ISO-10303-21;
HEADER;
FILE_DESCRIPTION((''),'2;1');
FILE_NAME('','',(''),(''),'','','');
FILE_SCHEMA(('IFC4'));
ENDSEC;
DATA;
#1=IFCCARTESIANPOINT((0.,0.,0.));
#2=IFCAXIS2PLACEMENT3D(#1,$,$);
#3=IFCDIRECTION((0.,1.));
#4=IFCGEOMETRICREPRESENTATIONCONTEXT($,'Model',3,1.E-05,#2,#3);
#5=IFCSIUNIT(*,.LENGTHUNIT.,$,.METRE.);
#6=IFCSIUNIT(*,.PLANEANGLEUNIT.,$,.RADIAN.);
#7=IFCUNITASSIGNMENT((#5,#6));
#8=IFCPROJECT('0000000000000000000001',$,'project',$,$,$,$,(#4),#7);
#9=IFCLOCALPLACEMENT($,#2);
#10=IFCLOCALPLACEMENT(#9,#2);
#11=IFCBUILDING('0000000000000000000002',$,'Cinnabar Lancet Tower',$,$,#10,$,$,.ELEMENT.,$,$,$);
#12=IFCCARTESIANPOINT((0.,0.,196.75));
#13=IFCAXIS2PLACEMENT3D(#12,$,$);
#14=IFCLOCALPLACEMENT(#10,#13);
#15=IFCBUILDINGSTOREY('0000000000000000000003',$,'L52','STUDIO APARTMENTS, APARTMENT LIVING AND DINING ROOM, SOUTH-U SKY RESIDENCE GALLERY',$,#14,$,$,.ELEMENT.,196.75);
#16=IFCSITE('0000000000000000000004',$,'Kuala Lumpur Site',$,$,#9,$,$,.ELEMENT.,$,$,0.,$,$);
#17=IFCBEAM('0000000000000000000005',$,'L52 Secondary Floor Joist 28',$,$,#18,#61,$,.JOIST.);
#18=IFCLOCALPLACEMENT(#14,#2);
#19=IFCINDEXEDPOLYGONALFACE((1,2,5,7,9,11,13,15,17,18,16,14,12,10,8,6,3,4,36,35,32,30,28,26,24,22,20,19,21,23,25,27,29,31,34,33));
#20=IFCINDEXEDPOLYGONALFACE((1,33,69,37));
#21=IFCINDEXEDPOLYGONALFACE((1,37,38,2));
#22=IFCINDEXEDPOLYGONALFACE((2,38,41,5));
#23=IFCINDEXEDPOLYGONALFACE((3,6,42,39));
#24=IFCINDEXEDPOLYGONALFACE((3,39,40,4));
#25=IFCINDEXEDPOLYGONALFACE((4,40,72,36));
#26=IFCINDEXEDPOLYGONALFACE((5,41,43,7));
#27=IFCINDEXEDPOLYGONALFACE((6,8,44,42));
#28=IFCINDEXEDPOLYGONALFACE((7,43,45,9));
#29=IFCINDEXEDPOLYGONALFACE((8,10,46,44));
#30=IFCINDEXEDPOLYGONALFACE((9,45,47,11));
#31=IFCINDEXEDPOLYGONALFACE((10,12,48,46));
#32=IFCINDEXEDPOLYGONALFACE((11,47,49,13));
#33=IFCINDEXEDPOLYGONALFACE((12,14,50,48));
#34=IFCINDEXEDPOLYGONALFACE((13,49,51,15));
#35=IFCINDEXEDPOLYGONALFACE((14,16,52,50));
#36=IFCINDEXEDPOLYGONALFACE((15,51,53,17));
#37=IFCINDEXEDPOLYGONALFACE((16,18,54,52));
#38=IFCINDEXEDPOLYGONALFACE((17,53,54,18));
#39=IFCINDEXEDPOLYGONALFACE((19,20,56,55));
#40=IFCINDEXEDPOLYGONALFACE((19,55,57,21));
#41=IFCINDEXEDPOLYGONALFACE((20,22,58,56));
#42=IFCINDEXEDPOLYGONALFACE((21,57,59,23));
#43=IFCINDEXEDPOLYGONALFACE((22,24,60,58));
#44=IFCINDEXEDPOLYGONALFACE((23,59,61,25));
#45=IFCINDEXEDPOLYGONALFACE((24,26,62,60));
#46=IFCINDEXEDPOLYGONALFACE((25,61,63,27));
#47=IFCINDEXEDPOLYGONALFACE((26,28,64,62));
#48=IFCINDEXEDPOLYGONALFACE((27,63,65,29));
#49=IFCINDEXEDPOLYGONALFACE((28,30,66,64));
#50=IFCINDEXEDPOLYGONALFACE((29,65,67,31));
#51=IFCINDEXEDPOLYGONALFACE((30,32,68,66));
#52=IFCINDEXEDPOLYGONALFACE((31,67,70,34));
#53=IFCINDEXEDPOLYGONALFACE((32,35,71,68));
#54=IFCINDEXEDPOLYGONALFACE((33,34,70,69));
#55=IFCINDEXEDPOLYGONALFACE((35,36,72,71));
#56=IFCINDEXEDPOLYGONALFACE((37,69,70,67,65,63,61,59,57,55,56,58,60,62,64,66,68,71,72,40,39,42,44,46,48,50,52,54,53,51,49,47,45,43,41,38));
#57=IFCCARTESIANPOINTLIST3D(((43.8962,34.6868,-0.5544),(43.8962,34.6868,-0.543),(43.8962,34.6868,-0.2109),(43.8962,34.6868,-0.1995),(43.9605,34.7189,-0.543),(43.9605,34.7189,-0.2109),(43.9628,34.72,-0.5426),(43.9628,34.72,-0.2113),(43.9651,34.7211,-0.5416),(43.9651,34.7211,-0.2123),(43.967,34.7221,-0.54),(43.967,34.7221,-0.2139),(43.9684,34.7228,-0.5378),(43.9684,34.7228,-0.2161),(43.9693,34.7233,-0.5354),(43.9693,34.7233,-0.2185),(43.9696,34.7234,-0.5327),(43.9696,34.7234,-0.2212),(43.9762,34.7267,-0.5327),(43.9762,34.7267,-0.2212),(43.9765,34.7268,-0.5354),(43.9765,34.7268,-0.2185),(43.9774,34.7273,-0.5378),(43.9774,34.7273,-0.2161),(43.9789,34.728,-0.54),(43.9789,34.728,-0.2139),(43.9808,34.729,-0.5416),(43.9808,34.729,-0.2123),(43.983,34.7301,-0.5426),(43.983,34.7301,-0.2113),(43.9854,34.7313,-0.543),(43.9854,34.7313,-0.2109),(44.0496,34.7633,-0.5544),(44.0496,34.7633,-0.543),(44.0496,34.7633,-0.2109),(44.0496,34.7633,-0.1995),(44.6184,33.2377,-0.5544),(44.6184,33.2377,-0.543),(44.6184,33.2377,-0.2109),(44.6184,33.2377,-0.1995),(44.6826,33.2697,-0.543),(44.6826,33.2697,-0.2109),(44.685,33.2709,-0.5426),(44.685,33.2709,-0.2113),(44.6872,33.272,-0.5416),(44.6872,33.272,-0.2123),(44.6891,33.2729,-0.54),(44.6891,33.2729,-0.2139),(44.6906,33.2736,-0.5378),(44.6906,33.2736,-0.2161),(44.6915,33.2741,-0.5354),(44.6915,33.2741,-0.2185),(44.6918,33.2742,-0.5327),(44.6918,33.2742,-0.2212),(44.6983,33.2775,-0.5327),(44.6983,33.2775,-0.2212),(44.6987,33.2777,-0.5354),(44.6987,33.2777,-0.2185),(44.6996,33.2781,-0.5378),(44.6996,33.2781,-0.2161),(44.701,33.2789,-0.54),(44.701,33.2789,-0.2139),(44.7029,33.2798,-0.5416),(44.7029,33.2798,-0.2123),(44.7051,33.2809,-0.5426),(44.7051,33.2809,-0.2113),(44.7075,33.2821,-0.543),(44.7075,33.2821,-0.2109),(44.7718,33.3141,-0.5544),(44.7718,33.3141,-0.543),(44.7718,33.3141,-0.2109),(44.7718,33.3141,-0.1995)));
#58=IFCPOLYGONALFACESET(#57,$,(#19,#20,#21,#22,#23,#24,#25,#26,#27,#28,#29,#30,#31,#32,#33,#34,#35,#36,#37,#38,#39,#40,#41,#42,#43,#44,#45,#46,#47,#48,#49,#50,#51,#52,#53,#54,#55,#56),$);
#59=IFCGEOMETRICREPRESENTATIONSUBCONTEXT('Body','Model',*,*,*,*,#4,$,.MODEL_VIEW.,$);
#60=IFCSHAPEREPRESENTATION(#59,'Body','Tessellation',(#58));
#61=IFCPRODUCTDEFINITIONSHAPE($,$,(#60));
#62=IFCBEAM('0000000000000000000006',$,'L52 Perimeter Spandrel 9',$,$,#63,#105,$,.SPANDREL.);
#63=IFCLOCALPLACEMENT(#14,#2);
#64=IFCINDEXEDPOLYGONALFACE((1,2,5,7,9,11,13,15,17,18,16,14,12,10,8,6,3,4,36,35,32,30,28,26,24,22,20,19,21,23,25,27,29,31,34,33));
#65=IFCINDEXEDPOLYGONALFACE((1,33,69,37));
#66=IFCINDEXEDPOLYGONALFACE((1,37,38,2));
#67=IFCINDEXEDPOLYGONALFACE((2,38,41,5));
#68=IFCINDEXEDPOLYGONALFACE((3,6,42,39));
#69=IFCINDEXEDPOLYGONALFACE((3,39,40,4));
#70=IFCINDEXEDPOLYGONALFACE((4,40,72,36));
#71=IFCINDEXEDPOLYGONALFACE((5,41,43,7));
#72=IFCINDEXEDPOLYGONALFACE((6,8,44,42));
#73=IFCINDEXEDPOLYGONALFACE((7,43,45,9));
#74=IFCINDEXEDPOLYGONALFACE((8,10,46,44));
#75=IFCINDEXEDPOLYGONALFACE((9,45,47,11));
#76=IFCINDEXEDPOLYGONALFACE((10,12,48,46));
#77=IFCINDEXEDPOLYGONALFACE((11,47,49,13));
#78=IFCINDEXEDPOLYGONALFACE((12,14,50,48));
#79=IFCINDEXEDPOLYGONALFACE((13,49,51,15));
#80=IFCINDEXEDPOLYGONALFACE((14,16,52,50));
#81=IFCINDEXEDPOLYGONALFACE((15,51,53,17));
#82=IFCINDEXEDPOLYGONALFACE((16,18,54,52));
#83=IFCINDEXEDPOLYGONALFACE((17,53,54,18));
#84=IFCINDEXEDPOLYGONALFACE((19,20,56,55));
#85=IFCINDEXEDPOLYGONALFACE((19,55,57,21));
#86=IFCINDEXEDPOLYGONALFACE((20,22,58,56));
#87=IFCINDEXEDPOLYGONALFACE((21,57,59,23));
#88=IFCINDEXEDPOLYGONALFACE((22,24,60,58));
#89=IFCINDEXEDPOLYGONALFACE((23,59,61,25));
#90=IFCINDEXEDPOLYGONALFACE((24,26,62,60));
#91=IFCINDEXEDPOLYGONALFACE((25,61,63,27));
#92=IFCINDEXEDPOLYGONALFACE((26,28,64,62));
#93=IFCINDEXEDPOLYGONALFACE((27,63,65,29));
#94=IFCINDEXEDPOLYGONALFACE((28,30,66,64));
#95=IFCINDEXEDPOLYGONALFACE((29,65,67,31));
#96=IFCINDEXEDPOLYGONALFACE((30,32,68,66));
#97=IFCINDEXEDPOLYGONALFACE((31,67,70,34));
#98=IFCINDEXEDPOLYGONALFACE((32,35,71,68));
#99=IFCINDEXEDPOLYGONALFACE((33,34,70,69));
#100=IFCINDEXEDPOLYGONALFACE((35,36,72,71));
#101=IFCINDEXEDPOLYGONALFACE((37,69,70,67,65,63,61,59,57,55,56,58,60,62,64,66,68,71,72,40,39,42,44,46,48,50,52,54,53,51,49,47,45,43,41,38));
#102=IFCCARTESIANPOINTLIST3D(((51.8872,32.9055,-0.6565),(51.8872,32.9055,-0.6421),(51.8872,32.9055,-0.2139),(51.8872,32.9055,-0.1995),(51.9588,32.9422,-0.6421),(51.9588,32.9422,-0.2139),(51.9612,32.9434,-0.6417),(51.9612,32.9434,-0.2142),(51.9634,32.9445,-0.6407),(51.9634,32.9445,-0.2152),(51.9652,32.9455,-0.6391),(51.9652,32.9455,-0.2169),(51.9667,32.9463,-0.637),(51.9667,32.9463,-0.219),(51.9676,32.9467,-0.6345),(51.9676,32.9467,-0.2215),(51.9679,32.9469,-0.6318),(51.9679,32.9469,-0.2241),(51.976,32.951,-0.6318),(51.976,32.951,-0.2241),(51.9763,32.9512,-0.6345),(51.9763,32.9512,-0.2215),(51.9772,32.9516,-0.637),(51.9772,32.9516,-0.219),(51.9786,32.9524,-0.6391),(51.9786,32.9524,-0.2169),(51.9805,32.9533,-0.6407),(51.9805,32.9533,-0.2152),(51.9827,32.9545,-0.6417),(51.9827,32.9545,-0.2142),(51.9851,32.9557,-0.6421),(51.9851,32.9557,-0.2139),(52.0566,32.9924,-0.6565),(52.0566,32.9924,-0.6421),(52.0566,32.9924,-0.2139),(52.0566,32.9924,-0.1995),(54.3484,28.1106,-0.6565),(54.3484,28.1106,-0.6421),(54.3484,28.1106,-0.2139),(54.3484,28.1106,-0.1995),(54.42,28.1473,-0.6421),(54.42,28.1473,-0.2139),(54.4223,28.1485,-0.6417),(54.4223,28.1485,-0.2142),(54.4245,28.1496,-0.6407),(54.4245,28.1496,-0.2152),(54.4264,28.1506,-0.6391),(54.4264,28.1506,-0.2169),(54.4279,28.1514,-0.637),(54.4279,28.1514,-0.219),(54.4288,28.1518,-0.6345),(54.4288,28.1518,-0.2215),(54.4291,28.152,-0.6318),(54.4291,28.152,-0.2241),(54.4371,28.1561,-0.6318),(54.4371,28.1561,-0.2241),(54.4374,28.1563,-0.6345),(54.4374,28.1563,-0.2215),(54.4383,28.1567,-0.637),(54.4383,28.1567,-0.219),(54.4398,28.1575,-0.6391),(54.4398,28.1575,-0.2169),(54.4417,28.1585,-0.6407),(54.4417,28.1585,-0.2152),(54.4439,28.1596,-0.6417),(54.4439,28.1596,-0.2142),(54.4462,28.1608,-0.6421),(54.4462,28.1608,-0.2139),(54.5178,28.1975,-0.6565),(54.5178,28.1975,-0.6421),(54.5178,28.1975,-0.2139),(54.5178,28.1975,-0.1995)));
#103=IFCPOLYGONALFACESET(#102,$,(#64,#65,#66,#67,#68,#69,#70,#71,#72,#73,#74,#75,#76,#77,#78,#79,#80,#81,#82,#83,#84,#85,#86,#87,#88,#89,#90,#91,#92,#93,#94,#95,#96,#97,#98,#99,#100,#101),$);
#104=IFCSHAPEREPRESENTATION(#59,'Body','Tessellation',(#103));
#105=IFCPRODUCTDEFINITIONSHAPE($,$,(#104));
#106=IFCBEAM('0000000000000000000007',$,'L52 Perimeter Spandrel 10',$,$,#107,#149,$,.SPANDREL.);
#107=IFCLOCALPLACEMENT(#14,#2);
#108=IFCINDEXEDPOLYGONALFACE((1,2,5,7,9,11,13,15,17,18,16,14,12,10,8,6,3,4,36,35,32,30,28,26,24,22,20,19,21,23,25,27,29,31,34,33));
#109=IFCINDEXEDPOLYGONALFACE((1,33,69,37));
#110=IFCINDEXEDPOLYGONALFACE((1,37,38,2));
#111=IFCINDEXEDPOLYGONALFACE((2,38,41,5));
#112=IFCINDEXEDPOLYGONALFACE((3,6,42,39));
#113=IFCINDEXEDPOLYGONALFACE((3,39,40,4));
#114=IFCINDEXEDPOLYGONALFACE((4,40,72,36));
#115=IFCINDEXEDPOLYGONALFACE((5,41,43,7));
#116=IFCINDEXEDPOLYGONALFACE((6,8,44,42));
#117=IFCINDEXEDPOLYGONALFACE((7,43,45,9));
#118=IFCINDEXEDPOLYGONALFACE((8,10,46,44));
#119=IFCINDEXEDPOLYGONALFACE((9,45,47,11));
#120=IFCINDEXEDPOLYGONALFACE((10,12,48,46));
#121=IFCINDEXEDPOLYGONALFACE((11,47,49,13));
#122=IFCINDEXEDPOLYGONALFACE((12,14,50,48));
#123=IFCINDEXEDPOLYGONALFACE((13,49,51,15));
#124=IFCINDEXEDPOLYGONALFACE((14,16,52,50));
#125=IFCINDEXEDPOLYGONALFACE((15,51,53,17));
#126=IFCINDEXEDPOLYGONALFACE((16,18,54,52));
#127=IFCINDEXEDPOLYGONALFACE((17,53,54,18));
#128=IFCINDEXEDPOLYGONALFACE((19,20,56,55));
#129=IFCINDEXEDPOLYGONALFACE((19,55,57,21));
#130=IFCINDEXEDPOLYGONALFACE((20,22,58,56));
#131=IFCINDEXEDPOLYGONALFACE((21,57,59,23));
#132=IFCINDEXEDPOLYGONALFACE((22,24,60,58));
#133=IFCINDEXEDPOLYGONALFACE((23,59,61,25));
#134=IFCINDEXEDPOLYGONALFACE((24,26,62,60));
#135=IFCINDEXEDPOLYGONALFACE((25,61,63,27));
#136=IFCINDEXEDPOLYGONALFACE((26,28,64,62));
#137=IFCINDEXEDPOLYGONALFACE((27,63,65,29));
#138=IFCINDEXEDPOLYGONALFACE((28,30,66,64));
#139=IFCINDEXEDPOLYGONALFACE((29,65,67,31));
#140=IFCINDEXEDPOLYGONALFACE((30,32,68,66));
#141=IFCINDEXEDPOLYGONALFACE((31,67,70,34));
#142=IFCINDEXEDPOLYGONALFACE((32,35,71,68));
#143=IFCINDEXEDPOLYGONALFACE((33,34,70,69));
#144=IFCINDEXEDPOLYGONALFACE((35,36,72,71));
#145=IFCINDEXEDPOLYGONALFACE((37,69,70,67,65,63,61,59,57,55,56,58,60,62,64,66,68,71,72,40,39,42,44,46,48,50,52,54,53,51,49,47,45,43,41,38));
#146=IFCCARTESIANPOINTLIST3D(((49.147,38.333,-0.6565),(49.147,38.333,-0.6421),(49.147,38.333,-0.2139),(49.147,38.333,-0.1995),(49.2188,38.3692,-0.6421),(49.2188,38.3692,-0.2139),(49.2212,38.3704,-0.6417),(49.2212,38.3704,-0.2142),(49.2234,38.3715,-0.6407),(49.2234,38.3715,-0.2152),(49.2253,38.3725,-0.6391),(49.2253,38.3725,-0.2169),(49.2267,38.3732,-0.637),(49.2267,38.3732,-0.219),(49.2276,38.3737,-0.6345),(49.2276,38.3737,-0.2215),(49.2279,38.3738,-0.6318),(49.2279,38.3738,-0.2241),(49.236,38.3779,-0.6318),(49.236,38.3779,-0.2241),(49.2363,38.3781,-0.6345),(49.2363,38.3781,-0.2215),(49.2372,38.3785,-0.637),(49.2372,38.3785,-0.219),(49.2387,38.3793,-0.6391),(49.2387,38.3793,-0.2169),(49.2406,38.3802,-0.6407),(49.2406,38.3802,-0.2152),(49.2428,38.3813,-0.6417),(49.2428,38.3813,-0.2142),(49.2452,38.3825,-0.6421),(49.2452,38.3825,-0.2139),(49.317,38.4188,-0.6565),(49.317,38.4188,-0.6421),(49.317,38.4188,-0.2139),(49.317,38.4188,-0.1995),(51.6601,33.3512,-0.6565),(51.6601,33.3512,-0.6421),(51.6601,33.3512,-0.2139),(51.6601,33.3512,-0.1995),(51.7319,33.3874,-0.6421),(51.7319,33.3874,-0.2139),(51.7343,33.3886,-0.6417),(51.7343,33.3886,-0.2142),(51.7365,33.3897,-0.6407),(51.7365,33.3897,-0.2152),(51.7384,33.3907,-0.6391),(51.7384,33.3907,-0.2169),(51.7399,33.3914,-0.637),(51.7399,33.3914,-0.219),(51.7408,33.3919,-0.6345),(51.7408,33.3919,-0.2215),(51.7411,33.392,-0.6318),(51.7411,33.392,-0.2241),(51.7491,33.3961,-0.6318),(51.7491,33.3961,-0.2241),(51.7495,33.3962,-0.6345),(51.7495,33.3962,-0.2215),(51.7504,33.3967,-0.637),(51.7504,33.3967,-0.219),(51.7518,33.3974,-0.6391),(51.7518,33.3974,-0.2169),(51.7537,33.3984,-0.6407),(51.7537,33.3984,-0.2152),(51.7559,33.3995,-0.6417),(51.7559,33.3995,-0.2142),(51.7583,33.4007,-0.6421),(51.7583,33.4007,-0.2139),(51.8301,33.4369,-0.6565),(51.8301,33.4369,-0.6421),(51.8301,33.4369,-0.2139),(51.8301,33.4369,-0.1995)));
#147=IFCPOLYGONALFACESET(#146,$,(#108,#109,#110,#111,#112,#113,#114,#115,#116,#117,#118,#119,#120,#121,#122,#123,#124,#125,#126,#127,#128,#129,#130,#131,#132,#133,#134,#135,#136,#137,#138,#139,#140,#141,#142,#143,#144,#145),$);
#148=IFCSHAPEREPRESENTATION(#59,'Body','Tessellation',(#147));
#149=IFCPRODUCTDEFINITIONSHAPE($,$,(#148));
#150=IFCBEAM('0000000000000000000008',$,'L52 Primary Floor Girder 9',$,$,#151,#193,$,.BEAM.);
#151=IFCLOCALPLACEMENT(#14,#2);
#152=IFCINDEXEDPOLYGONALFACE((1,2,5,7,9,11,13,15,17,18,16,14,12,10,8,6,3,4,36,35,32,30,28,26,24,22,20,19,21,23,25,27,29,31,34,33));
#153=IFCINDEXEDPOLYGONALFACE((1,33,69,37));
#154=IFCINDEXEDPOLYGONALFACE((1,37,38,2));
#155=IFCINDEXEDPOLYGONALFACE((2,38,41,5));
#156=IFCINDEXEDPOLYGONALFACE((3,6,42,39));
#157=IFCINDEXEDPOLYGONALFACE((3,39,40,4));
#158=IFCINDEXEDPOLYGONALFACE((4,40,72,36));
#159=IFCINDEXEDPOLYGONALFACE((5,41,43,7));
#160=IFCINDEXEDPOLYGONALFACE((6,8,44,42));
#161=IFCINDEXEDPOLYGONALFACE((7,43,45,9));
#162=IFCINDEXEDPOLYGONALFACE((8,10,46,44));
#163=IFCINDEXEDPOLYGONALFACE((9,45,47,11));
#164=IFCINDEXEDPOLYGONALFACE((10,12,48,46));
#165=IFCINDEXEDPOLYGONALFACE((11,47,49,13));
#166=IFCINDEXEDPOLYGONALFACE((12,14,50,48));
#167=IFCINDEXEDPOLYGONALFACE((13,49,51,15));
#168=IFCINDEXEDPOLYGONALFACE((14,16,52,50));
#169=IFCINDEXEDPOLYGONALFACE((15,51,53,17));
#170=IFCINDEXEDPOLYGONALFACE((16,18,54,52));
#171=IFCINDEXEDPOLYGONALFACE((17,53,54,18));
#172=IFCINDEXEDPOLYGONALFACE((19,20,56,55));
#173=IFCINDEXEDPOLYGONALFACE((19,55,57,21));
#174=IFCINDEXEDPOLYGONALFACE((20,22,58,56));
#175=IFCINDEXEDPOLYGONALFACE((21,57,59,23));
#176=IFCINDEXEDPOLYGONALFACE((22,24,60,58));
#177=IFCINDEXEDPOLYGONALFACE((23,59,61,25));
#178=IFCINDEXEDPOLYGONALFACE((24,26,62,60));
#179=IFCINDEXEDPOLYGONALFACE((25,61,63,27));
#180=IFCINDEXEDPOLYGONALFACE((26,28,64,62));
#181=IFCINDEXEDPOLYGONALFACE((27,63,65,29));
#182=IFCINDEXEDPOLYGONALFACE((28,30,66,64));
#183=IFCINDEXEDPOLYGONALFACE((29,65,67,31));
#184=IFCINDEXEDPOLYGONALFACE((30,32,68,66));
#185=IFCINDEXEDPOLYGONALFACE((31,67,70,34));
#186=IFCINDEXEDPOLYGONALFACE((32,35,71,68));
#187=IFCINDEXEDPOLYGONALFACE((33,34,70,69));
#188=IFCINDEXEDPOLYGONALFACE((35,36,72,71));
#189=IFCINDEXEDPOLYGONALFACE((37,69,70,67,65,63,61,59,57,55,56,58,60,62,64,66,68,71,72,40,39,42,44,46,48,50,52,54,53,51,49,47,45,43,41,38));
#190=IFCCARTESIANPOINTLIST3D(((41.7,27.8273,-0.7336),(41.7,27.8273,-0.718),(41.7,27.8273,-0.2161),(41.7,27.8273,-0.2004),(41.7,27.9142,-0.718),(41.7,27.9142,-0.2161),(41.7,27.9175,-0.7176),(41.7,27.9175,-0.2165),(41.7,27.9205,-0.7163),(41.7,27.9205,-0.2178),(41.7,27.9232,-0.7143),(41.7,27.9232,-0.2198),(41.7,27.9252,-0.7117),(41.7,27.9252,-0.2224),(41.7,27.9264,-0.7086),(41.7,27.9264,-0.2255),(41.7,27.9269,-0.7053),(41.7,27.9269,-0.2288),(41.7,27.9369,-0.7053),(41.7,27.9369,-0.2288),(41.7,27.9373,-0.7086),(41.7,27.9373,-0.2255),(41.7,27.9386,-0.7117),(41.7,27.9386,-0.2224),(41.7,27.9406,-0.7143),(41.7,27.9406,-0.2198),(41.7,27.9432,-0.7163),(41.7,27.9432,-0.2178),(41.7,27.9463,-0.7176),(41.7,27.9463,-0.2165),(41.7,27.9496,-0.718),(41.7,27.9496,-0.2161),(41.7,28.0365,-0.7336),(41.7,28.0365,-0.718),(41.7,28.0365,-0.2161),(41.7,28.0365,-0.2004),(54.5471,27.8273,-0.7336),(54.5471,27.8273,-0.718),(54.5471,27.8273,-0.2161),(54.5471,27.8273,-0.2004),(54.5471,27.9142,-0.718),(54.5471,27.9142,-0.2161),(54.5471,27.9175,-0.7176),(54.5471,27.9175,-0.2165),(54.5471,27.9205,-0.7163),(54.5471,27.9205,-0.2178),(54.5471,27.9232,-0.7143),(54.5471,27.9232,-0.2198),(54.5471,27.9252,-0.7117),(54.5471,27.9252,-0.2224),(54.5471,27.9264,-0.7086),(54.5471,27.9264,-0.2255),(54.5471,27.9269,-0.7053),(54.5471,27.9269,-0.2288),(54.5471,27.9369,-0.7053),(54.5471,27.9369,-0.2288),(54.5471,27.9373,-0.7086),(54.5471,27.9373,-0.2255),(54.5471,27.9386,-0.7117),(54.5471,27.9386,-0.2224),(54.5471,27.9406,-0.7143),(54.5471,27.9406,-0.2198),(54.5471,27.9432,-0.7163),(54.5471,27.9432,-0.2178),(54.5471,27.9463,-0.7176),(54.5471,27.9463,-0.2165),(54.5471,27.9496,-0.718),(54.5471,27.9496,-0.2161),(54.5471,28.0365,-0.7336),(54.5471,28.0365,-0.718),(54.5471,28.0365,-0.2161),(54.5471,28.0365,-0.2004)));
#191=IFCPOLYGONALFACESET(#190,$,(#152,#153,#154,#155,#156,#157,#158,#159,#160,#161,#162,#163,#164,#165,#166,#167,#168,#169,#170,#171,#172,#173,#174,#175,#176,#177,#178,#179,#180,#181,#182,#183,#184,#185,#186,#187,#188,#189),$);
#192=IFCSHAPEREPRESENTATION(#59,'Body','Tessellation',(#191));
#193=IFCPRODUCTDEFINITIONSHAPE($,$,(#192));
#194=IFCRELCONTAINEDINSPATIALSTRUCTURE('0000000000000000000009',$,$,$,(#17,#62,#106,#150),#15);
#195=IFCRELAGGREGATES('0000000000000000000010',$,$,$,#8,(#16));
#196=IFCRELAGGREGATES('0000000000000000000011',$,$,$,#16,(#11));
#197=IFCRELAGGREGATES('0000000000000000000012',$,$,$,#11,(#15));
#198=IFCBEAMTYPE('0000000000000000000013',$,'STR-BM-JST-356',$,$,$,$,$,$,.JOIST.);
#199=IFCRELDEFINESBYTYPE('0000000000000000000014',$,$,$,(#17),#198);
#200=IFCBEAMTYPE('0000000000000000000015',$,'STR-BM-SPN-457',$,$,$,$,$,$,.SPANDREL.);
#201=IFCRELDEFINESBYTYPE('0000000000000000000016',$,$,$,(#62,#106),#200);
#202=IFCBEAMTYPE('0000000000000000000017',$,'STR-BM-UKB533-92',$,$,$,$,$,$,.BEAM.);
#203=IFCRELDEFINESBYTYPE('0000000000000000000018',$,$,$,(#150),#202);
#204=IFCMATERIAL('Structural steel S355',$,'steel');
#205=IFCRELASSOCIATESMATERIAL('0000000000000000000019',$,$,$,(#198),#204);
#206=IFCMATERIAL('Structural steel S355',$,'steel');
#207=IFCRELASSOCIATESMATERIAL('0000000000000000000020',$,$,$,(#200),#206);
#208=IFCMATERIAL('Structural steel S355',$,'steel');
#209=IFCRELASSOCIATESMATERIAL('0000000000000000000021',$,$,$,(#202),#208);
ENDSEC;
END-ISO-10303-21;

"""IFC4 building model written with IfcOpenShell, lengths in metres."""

from ifc_helpers import new_model, si_unit, direction, frame, origin, origin_2d, place, context, subcontext, project, spatial, i_section, extrude, material, material_profile, profile_set, type_object, element, save


model = new_model("IFC4")

# Units and contexts
model_context = context("Model", 3, precision=1e-05, world=origin(), true_north=direction((0.0, 1.0)))
body_context = subcontext(model_context, "Body", "Model", "MODEL_VIEW")
ifc_project = project(units=[si_unit("LENGTHUNIT", "METRE"), si_unit("PLANEANGLEUNIT", "RADIAN")], contexts=[model_context])

# Site, building, storey
site_placement = place(None, origin())
site = spatial("IfcSite", under=ifc_project, at=site_placement, Name="Kuala Lumpur Site", CompositionType="ELEMENT", RefElevation=0.0)
building_placement = place(site_placement, origin())
building = spatial("IfcBuilding", under=site, at=building_placement, Name="Cinnabar Lancet Tower", CompositionType="ELEMENT")
storey_placement = place(building_placement, frame((0.0, 0.0, 196.75)))
storey = spatial("IfcBuildingStorey", under=building, at=storey_placement, Name="L52", Description="STUDIO APARTMENTS, APARTMENT LIVING AND DINING ROOM, SOUTH-U SKY RESIDENCE GALLERY", CompositionType="ELEMENT", Elevation=196.75)

# Beams
ifc_material_1 = material(Name="Structural steel S355", Category="steel")
ifc_material_profile_1 = material_profile(ifc_material_1, i_section(OverallWidth=0.1714, OverallDepth=0.355, WebThickness=0.0073, FlangeThickness=0.0115, FilletRadius=0.0103, at=origin_2d()), Name="UKB 356x171x51")
ifc_profile_set_1 = profile_set([ifc_material_profile_1], Name="Structural steel S355")
beam_type_1 = type_object("IfcBeamType", Name="STR-BM-JST-356", PredefinedType="JOIST", material=ifc_profile_set_1)
beam_1_placement = place(storey_placement, frame((44.6951, 33.2759, -0.377), z_axis=(-0.446007, 0.895029, 0.0), x_axis=(-0.895029, -0.446007, 0.0)))
element("IfcBeam", 1, at=beam_1_placement, inside=storey, type_object=beam_type_1, Name="L52 Secondary Floor Joist 28", PredefinedType="JOIST", context=body_context, shape_type="SweptSolid", body=[
    extrude(i_section(OverallWidth=0.1714, OverallDepth=0.355, WebThickness=0.0073, FlangeThickness=0.0115, FilletRadius=0.0103, at=origin_2d()), origin(), (0.0, 0.0, 1.0), 1.6191),
])
ifc_material_2 = material(Name="Structural steel S355", Category="steel")
ifc_material_profile_2 = material_profile(ifc_material_2, i_section(OverallWidth=0.1904, OverallDepth=0.457, WebThickness=0.009, FlangeThickness=0.0144, FilletRadius=0.0103, at=origin_2d()), Name="UKB 457x191x74")
ifc_profile_set_2 = profile_set([ifc_material_profile_2], Name="Structural steel S355")
beam_type_2 = type_object("IfcBeamType", Name="STR-BM-SPN-457", PredefinedType="SPANDREL", material=ifc_profile_set_2)
beam_2_placement = place(storey_placement, frame((54.4331, 28.1541, -0.428), z_axis=(-0.456647, 0.889648, 0.0), x_axis=(-0.889648, -0.456647, 0.0)))
element("IfcBeam", 2, at=beam_2_placement, inside=storey, type_object=beam_type_2, Name="L52 Perimeter Spandrel 9", PredefinedType="SPANDREL", context=body_context, shape_type="SweptSolid", body=[
    extrude(i_section(OverallWidth=0.1904, OverallDepth=0.457, WebThickness=0.009, FlangeThickness=0.0144, FilletRadius=0.0103, at=origin_2d()), origin(), (0.0, 0.0, 1.0), 5.3896),
])
beam_3_placement = place(storey_placement, frame((51.7451, 33.394, -0.428), z_axis=(-0.450396, 0.892829, 0.0), x_axis=(-0.892829, -0.450396, 0.0)))
element("IfcBeam", 3, at=beam_3_placement, inside=storey, type_object=beam_type_2, Name="L52 Perimeter Spandrel 10", PredefinedType="SPANDREL", context=body_context, shape_type="SweptSolid", body=[
    extrude(i_section(OverallWidth=0.1904, OverallDepth=0.457, WebThickness=0.009, FlangeThickness=0.0144, FilletRadius=0.0103, at=origin_2d()), origin(), (0.0, 0.0, 1.0), 5.5798),
])
ifc_material_3 = material(Name="Structural steel S355", Category="steel")
ifc_material_profile_3 = material_profile(ifc_material_3, i_section(OverallWidth=0.2092, OverallDepth=0.5332, WebThickness=0.01, FlangeThickness=0.0156, FilletRadius=0.0127, at=origin_2d()), Name="UKB 533x210x92")
ifc_profile_set_3 = profile_set([ifc_material_profile_3], Name="Structural steel S355")
beam_type_3 = type_object("IfcBeamType", Name="STR-BM-UKB533-92", PredefinedType="BEAM", material=ifc_profile_set_3)
beam_4_placement = place(storey_placement, frame((54.5471, 27.9319, -0.467), z_axis=(-1.0, 0.0, 0.0), x_axis=(0.0, -1.0, 0.0)))
element("IfcBeam", 4, at=beam_4_placement, inside=storey, type_object=beam_type_3, Name="L52 Primary Floor Girder 9", PredefinedType="BEAM", context=body_context, shape_type="SweptSolid", body=[
    extrude(i_section(OverallWidth=0.2092, OverallDepth=0.5332, WebThickness=0.01, FlangeThickness=0.0156, FilletRadius=0.0127, at=origin_2d()), origin(), (0.0, 0.0, 1.0), 12.8472),
])

save(model, "model.ifc")
